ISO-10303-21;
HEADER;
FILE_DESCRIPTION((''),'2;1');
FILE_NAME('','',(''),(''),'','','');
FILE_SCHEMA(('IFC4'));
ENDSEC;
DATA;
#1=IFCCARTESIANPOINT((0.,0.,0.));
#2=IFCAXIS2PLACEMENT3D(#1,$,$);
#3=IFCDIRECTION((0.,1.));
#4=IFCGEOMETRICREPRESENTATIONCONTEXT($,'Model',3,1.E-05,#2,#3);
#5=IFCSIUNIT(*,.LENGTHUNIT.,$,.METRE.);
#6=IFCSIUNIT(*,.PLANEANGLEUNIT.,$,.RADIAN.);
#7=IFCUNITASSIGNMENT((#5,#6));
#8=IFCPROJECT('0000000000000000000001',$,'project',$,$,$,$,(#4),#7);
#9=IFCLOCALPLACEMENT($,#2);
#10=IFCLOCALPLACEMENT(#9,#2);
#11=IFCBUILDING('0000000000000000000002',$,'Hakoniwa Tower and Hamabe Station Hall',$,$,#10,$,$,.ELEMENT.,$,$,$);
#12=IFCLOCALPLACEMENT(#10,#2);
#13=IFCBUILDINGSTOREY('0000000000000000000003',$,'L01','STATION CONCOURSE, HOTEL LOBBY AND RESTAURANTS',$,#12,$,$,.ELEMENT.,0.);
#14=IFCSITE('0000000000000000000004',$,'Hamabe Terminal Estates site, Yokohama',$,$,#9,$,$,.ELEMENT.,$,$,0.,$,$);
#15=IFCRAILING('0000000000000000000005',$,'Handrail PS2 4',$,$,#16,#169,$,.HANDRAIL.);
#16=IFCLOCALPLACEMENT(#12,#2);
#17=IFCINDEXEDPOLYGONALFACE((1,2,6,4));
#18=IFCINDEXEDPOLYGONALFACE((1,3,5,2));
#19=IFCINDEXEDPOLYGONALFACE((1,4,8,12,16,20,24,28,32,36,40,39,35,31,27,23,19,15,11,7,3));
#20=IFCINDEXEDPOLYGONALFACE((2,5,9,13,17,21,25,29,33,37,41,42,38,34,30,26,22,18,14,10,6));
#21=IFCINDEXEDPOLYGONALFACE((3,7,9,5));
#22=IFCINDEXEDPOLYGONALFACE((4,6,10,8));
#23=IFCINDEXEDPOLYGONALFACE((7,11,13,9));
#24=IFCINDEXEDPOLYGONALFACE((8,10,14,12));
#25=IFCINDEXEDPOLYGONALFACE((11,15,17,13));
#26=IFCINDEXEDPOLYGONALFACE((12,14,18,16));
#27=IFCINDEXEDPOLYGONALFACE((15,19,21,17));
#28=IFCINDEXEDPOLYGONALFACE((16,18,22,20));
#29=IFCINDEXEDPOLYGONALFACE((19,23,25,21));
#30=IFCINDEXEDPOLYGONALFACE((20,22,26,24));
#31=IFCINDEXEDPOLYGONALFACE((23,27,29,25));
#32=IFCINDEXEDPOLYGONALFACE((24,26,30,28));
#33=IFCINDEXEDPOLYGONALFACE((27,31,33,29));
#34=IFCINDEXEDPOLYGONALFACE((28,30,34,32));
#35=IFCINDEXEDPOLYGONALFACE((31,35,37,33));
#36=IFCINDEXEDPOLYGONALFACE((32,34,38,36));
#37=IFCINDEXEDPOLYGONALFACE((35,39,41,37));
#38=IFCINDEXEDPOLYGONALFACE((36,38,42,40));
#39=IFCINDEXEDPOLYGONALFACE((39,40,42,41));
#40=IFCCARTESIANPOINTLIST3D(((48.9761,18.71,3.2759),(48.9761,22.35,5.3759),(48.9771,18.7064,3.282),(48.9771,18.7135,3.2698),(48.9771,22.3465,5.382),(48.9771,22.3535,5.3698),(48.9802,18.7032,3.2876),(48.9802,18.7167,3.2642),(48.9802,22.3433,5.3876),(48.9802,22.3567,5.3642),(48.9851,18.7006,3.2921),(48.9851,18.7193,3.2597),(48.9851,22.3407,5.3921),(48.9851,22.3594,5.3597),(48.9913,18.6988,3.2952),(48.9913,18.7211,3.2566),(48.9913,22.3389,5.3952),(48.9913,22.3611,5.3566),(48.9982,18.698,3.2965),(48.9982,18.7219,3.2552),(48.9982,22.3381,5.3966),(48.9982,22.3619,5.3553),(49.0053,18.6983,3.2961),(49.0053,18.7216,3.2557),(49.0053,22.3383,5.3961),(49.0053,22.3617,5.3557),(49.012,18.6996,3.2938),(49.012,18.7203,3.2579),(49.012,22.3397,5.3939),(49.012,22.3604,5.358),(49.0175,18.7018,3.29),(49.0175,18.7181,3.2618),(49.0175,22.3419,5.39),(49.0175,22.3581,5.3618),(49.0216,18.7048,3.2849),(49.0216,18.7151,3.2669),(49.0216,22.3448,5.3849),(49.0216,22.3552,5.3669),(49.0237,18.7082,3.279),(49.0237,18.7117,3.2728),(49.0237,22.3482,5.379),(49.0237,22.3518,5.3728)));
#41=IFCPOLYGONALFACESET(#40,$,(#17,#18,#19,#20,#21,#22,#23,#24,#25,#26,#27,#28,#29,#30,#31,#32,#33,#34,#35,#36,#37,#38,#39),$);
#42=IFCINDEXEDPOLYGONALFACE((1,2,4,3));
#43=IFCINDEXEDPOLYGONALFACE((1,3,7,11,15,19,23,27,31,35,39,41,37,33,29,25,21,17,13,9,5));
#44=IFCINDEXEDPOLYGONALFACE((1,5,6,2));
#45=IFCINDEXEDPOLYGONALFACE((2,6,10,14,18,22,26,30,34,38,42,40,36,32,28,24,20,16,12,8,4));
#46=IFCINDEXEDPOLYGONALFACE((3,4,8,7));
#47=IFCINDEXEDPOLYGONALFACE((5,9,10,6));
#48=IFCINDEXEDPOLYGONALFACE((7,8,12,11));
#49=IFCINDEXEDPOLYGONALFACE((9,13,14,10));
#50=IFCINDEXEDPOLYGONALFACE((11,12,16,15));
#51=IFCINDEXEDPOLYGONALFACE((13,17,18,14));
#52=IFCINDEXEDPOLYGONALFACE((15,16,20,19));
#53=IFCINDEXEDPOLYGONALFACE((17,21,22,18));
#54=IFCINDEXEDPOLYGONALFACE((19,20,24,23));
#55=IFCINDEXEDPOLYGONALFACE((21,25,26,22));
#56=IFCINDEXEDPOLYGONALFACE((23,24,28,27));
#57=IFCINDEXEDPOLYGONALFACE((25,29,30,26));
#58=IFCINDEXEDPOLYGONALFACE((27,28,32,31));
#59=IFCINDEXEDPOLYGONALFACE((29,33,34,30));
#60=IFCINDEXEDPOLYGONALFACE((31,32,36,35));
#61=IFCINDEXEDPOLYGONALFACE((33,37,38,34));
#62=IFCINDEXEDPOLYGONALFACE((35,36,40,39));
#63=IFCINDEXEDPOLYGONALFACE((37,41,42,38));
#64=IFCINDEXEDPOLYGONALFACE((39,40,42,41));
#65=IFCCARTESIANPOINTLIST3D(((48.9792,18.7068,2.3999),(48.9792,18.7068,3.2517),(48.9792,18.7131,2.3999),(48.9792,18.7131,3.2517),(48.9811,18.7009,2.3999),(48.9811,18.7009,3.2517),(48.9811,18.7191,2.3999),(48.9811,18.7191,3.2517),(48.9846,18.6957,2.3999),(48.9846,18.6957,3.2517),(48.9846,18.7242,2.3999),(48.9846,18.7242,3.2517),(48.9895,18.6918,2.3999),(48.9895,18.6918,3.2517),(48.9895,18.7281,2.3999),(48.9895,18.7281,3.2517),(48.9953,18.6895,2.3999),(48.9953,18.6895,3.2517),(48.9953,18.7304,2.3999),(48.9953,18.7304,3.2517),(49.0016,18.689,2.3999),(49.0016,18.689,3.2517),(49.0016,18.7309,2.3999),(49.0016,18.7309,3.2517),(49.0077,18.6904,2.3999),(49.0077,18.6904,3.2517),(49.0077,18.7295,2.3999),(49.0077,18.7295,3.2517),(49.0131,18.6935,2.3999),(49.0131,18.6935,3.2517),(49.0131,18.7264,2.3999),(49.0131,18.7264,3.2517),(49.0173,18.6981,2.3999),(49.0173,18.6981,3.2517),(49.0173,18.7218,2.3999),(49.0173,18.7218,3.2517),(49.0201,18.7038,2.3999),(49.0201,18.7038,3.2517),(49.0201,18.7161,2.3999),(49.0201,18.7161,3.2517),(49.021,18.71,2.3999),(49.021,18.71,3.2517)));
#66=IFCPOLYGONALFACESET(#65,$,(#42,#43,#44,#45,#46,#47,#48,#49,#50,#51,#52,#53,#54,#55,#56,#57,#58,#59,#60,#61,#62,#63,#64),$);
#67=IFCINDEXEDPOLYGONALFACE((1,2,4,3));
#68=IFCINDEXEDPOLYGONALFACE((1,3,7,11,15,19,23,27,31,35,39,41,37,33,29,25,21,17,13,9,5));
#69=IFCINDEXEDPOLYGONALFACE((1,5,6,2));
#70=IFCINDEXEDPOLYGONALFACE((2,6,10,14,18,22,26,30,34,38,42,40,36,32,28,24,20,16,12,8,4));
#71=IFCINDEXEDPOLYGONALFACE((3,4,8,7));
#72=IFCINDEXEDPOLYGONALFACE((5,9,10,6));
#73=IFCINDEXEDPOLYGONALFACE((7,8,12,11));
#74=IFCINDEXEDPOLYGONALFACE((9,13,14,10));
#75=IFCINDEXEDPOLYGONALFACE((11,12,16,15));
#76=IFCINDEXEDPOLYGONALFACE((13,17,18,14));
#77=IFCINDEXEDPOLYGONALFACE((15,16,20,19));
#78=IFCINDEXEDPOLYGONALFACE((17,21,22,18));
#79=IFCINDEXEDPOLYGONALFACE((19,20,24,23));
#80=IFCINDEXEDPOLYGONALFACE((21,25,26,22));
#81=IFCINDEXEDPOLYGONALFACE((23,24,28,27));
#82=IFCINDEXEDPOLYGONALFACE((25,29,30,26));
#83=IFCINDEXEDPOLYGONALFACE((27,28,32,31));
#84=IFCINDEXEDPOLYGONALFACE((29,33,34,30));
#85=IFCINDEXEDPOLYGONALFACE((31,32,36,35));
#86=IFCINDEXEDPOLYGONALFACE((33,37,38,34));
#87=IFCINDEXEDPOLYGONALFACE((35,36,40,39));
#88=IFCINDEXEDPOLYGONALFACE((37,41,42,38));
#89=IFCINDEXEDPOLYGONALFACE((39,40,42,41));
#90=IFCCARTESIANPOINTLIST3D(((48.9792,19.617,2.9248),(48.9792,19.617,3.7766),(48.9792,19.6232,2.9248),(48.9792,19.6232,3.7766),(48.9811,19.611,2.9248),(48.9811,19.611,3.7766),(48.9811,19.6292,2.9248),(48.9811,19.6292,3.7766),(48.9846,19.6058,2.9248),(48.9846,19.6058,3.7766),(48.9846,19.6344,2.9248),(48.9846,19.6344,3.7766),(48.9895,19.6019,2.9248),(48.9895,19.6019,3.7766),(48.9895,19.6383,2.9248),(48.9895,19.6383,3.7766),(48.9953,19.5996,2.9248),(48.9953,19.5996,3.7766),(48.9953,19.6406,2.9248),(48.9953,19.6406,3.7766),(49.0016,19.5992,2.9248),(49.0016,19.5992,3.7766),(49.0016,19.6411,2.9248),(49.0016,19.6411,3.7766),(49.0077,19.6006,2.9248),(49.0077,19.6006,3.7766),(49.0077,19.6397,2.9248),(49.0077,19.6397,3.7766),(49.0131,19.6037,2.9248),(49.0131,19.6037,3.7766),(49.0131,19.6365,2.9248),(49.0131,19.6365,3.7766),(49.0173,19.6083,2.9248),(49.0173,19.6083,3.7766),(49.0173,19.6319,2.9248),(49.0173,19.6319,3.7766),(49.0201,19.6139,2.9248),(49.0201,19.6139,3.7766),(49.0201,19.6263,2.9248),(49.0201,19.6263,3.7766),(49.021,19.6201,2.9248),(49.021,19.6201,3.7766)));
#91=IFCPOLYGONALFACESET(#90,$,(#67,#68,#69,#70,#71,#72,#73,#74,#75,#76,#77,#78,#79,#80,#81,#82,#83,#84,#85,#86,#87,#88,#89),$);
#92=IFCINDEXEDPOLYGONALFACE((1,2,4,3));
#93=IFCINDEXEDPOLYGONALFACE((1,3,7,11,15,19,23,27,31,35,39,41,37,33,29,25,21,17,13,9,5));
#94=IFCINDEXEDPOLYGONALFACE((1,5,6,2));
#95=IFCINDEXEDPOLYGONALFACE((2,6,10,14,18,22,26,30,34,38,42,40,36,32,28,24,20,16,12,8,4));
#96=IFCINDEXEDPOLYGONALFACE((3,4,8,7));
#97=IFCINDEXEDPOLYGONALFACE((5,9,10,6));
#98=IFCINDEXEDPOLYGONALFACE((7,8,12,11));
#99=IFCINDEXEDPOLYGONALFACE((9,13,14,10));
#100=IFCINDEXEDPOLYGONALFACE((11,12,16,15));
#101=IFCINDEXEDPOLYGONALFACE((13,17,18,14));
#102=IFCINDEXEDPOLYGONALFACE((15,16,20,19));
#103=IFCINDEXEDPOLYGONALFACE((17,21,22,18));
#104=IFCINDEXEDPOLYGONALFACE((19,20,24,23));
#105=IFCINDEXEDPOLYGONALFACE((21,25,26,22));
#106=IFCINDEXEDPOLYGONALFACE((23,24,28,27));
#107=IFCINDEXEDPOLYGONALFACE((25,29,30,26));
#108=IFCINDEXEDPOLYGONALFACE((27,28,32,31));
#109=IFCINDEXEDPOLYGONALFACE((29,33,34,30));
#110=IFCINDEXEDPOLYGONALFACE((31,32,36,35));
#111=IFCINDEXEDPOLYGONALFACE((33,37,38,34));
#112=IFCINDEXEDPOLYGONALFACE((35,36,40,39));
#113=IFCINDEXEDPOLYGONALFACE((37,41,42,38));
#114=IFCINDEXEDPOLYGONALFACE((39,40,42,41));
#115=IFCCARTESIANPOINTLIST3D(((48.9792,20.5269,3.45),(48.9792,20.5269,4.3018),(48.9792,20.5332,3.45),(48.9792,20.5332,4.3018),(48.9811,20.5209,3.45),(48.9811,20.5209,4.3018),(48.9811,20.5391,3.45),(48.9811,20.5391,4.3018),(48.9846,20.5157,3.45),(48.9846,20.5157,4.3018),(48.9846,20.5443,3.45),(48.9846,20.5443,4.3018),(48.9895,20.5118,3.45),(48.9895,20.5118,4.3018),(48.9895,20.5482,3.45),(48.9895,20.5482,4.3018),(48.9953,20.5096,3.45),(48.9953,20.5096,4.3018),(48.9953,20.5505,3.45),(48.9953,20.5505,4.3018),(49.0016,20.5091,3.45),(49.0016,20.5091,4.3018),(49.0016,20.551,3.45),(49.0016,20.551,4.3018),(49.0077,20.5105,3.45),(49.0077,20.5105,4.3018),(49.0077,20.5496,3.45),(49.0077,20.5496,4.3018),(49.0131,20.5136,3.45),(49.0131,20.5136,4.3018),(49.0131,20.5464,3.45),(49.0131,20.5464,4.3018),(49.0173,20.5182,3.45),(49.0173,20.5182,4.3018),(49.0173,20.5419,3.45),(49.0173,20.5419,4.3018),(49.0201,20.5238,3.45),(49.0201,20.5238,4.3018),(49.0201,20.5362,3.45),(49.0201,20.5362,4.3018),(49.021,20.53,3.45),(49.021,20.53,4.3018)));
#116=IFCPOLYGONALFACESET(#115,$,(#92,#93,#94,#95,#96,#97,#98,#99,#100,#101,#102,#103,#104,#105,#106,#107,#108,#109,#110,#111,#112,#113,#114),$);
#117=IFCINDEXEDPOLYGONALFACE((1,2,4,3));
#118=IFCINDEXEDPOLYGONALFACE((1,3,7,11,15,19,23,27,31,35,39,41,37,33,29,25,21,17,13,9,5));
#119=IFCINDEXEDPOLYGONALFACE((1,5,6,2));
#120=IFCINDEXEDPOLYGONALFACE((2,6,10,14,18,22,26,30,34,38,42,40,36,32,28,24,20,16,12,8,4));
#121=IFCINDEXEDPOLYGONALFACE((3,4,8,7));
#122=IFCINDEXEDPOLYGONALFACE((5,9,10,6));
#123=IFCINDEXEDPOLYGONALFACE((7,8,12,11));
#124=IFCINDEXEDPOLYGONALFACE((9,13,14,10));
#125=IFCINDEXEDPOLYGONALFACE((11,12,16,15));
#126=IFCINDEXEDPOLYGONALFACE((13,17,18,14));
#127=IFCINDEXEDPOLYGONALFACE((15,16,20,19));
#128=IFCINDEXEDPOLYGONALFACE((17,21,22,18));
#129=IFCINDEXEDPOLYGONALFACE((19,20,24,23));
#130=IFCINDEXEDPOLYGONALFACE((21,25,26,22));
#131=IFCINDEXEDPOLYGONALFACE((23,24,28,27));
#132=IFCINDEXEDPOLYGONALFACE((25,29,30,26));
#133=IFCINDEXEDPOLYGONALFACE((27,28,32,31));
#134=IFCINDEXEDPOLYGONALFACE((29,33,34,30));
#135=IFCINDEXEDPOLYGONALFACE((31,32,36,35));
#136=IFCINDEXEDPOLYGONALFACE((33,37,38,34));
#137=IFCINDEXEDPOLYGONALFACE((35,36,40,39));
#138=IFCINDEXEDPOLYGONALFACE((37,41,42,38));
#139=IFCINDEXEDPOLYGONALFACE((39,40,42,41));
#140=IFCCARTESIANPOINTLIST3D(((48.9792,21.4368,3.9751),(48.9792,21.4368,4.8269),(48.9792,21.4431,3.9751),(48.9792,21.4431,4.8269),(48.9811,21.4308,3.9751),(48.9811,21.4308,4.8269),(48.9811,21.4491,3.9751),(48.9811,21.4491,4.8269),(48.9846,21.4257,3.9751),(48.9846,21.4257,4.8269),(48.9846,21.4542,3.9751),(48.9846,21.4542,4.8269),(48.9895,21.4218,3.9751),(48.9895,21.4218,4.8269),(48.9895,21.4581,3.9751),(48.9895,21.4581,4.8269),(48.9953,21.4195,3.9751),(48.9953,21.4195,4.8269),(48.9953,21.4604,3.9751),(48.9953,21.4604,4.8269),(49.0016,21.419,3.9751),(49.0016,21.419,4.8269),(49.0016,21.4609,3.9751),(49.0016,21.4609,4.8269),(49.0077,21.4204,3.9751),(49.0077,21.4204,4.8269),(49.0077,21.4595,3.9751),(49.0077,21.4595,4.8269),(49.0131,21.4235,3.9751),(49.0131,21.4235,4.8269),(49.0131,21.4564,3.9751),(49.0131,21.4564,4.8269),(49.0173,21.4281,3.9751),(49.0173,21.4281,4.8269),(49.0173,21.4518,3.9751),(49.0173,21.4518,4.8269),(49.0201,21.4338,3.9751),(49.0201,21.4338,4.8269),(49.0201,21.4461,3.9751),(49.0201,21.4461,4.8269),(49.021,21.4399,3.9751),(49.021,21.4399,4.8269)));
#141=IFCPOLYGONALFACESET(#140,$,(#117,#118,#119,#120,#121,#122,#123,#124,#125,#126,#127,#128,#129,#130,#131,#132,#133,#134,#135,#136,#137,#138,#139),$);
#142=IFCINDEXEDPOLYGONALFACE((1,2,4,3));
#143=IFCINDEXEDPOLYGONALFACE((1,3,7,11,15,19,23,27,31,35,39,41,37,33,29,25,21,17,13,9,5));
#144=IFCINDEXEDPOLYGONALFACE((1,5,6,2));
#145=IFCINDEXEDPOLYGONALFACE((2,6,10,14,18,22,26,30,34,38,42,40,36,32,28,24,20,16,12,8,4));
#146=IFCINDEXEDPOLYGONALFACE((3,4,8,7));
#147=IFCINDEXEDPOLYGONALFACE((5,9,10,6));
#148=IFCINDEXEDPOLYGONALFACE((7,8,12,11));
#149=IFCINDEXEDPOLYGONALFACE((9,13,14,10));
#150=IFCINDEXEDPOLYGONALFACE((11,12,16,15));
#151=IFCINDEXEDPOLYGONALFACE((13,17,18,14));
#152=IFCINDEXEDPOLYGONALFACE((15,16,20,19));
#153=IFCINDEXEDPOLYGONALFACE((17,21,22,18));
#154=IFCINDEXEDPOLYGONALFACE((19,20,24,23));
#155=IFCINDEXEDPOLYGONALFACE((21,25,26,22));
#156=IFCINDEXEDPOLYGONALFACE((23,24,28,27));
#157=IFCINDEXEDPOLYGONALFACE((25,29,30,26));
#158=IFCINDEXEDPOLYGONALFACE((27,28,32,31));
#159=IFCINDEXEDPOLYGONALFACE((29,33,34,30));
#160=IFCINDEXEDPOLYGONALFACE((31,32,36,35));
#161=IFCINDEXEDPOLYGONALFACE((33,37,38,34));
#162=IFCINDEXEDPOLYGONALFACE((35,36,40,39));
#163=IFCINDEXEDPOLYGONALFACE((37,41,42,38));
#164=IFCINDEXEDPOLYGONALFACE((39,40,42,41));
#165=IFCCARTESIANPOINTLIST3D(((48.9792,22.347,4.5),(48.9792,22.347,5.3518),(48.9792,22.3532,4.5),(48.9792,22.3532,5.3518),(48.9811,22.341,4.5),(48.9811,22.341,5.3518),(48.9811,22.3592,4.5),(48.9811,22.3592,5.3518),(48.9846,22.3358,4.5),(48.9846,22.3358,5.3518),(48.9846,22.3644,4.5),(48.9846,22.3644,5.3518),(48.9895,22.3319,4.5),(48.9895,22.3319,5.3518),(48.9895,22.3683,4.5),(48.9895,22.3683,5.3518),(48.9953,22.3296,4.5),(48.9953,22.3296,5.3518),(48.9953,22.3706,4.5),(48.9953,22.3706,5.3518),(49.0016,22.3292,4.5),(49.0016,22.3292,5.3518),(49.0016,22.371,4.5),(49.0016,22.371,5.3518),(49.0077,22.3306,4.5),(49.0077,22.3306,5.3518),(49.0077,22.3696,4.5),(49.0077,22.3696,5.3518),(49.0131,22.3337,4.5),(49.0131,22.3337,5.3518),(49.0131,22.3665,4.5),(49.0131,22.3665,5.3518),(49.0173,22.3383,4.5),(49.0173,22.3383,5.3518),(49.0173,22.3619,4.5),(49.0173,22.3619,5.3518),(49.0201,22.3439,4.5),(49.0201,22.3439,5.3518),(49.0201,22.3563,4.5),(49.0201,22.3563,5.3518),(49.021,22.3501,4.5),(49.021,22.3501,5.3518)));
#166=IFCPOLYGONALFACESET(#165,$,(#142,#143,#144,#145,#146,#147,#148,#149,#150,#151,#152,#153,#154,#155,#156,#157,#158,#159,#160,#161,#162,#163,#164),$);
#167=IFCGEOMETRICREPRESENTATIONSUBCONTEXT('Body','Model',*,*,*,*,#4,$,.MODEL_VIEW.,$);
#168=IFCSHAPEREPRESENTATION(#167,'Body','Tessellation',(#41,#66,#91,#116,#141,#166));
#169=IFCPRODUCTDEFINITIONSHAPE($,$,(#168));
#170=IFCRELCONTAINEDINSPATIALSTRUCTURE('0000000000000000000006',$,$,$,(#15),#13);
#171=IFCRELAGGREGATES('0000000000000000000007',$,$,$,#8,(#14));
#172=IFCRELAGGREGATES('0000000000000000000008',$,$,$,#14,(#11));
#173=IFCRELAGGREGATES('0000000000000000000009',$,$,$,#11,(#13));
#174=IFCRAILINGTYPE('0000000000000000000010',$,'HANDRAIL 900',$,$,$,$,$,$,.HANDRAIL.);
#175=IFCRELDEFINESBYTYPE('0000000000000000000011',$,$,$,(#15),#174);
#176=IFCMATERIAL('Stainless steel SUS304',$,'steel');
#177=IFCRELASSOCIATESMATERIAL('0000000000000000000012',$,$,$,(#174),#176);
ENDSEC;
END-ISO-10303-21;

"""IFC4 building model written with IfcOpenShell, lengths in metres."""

from ifc_helpers import new_model, si_unit, direction, frame, origin, origin_2d, place, context, subcontext, project, spatial, circle, extrude, material, type_object, element, save


model = new_model("IFC4")

# Units and contexts
model_context = context("Model", 3, precision=1e-05, world=origin(), true_north=direction((0.0, 1.0)))
body_context = subcontext(model_context, "Body", "Model", "MODEL_VIEW")
ifc_project = project(units=[si_unit("LENGTHUNIT", "METRE"), si_unit("PLANEANGLEUNIT", "RADIAN")], contexts=[model_context])

# Site, building, storey
site_placement = place(None, origin())
site = spatial("IfcSite", under=ifc_project, at=site_placement, Name="Hamabe Terminal Estates site, Yokohama", CompositionType="ELEMENT", RefElevation=0.0)
building_placement = place(site_placement, origin())
building = spatial("IfcBuilding", under=site, at=building_placement, Name="Hakoniwa Tower and Hamabe Station Hall", CompositionType="ELEMENT")
storey_placement = place(building_placement, origin())
storey = spatial("IfcBuildingStorey", under=building, at=storey_placement, Name="L01", Description="STATION CONCOURSE, HOTEL LOBBY AND RESTAURANTS", CompositionType="ELEMENT", Elevation=0.0)

# Railing
ifc_material_1 = material(Name="Stainless steel SUS304", Category="steel")
railing_type_1 = type_object("IfcRailingType", Name="HANDRAIL 900", PredefinedType="HANDRAIL", material=ifc_material_1)
railing_1_placement = place(storey_placement, frame((49.0, 18.71, 2.3999)))
element("IfcRailing", 1, at=railing_1_placement, inside=storey, type_object=railing_type_1, Name="Handrail PS2 4", PredefinedType="HANDRAIL", context=body_context, shape_type="SweptSolid", body=[
    extrude(circle(Radius=0.0239, at=origin_2d()), frame((0.0, 0.0, 0.876), z_axis=(0.0, 0.866184, 0.499726), x_axis=(-1.0, 0.0, 0.0)), (0.0, 0.0, 1.0), 4.2024),
    extrude(circle(Radius=0.021, at=origin_2d()), origin(), (0.0, 0.0, 1.0), 0.8518),
    extrude(circle(Radius=0.021, at=origin_2d()), frame((0.0, 0.9102, 0.5249)), (0.0, 0.0, 1.0), 0.8518),
    extrude(circle(Radius=0.021, at=origin_2d()), frame((0.0, 1.8201, 1.05)), (0.0, 0.0, 1.0), 0.8518),
    extrude(circle(Radius=0.021, at=origin_2d()), frame((0.0, 2.73, 1.5752)), (0.0, 0.0, 1.0), 0.8518),
    extrude(circle(Radius=0.021, at=origin_2d()), frame((0.0, 3.6401, 2.1001)), (0.0, 0.0, 1.0), 0.8518),
])

save(model, "model.ifc")
